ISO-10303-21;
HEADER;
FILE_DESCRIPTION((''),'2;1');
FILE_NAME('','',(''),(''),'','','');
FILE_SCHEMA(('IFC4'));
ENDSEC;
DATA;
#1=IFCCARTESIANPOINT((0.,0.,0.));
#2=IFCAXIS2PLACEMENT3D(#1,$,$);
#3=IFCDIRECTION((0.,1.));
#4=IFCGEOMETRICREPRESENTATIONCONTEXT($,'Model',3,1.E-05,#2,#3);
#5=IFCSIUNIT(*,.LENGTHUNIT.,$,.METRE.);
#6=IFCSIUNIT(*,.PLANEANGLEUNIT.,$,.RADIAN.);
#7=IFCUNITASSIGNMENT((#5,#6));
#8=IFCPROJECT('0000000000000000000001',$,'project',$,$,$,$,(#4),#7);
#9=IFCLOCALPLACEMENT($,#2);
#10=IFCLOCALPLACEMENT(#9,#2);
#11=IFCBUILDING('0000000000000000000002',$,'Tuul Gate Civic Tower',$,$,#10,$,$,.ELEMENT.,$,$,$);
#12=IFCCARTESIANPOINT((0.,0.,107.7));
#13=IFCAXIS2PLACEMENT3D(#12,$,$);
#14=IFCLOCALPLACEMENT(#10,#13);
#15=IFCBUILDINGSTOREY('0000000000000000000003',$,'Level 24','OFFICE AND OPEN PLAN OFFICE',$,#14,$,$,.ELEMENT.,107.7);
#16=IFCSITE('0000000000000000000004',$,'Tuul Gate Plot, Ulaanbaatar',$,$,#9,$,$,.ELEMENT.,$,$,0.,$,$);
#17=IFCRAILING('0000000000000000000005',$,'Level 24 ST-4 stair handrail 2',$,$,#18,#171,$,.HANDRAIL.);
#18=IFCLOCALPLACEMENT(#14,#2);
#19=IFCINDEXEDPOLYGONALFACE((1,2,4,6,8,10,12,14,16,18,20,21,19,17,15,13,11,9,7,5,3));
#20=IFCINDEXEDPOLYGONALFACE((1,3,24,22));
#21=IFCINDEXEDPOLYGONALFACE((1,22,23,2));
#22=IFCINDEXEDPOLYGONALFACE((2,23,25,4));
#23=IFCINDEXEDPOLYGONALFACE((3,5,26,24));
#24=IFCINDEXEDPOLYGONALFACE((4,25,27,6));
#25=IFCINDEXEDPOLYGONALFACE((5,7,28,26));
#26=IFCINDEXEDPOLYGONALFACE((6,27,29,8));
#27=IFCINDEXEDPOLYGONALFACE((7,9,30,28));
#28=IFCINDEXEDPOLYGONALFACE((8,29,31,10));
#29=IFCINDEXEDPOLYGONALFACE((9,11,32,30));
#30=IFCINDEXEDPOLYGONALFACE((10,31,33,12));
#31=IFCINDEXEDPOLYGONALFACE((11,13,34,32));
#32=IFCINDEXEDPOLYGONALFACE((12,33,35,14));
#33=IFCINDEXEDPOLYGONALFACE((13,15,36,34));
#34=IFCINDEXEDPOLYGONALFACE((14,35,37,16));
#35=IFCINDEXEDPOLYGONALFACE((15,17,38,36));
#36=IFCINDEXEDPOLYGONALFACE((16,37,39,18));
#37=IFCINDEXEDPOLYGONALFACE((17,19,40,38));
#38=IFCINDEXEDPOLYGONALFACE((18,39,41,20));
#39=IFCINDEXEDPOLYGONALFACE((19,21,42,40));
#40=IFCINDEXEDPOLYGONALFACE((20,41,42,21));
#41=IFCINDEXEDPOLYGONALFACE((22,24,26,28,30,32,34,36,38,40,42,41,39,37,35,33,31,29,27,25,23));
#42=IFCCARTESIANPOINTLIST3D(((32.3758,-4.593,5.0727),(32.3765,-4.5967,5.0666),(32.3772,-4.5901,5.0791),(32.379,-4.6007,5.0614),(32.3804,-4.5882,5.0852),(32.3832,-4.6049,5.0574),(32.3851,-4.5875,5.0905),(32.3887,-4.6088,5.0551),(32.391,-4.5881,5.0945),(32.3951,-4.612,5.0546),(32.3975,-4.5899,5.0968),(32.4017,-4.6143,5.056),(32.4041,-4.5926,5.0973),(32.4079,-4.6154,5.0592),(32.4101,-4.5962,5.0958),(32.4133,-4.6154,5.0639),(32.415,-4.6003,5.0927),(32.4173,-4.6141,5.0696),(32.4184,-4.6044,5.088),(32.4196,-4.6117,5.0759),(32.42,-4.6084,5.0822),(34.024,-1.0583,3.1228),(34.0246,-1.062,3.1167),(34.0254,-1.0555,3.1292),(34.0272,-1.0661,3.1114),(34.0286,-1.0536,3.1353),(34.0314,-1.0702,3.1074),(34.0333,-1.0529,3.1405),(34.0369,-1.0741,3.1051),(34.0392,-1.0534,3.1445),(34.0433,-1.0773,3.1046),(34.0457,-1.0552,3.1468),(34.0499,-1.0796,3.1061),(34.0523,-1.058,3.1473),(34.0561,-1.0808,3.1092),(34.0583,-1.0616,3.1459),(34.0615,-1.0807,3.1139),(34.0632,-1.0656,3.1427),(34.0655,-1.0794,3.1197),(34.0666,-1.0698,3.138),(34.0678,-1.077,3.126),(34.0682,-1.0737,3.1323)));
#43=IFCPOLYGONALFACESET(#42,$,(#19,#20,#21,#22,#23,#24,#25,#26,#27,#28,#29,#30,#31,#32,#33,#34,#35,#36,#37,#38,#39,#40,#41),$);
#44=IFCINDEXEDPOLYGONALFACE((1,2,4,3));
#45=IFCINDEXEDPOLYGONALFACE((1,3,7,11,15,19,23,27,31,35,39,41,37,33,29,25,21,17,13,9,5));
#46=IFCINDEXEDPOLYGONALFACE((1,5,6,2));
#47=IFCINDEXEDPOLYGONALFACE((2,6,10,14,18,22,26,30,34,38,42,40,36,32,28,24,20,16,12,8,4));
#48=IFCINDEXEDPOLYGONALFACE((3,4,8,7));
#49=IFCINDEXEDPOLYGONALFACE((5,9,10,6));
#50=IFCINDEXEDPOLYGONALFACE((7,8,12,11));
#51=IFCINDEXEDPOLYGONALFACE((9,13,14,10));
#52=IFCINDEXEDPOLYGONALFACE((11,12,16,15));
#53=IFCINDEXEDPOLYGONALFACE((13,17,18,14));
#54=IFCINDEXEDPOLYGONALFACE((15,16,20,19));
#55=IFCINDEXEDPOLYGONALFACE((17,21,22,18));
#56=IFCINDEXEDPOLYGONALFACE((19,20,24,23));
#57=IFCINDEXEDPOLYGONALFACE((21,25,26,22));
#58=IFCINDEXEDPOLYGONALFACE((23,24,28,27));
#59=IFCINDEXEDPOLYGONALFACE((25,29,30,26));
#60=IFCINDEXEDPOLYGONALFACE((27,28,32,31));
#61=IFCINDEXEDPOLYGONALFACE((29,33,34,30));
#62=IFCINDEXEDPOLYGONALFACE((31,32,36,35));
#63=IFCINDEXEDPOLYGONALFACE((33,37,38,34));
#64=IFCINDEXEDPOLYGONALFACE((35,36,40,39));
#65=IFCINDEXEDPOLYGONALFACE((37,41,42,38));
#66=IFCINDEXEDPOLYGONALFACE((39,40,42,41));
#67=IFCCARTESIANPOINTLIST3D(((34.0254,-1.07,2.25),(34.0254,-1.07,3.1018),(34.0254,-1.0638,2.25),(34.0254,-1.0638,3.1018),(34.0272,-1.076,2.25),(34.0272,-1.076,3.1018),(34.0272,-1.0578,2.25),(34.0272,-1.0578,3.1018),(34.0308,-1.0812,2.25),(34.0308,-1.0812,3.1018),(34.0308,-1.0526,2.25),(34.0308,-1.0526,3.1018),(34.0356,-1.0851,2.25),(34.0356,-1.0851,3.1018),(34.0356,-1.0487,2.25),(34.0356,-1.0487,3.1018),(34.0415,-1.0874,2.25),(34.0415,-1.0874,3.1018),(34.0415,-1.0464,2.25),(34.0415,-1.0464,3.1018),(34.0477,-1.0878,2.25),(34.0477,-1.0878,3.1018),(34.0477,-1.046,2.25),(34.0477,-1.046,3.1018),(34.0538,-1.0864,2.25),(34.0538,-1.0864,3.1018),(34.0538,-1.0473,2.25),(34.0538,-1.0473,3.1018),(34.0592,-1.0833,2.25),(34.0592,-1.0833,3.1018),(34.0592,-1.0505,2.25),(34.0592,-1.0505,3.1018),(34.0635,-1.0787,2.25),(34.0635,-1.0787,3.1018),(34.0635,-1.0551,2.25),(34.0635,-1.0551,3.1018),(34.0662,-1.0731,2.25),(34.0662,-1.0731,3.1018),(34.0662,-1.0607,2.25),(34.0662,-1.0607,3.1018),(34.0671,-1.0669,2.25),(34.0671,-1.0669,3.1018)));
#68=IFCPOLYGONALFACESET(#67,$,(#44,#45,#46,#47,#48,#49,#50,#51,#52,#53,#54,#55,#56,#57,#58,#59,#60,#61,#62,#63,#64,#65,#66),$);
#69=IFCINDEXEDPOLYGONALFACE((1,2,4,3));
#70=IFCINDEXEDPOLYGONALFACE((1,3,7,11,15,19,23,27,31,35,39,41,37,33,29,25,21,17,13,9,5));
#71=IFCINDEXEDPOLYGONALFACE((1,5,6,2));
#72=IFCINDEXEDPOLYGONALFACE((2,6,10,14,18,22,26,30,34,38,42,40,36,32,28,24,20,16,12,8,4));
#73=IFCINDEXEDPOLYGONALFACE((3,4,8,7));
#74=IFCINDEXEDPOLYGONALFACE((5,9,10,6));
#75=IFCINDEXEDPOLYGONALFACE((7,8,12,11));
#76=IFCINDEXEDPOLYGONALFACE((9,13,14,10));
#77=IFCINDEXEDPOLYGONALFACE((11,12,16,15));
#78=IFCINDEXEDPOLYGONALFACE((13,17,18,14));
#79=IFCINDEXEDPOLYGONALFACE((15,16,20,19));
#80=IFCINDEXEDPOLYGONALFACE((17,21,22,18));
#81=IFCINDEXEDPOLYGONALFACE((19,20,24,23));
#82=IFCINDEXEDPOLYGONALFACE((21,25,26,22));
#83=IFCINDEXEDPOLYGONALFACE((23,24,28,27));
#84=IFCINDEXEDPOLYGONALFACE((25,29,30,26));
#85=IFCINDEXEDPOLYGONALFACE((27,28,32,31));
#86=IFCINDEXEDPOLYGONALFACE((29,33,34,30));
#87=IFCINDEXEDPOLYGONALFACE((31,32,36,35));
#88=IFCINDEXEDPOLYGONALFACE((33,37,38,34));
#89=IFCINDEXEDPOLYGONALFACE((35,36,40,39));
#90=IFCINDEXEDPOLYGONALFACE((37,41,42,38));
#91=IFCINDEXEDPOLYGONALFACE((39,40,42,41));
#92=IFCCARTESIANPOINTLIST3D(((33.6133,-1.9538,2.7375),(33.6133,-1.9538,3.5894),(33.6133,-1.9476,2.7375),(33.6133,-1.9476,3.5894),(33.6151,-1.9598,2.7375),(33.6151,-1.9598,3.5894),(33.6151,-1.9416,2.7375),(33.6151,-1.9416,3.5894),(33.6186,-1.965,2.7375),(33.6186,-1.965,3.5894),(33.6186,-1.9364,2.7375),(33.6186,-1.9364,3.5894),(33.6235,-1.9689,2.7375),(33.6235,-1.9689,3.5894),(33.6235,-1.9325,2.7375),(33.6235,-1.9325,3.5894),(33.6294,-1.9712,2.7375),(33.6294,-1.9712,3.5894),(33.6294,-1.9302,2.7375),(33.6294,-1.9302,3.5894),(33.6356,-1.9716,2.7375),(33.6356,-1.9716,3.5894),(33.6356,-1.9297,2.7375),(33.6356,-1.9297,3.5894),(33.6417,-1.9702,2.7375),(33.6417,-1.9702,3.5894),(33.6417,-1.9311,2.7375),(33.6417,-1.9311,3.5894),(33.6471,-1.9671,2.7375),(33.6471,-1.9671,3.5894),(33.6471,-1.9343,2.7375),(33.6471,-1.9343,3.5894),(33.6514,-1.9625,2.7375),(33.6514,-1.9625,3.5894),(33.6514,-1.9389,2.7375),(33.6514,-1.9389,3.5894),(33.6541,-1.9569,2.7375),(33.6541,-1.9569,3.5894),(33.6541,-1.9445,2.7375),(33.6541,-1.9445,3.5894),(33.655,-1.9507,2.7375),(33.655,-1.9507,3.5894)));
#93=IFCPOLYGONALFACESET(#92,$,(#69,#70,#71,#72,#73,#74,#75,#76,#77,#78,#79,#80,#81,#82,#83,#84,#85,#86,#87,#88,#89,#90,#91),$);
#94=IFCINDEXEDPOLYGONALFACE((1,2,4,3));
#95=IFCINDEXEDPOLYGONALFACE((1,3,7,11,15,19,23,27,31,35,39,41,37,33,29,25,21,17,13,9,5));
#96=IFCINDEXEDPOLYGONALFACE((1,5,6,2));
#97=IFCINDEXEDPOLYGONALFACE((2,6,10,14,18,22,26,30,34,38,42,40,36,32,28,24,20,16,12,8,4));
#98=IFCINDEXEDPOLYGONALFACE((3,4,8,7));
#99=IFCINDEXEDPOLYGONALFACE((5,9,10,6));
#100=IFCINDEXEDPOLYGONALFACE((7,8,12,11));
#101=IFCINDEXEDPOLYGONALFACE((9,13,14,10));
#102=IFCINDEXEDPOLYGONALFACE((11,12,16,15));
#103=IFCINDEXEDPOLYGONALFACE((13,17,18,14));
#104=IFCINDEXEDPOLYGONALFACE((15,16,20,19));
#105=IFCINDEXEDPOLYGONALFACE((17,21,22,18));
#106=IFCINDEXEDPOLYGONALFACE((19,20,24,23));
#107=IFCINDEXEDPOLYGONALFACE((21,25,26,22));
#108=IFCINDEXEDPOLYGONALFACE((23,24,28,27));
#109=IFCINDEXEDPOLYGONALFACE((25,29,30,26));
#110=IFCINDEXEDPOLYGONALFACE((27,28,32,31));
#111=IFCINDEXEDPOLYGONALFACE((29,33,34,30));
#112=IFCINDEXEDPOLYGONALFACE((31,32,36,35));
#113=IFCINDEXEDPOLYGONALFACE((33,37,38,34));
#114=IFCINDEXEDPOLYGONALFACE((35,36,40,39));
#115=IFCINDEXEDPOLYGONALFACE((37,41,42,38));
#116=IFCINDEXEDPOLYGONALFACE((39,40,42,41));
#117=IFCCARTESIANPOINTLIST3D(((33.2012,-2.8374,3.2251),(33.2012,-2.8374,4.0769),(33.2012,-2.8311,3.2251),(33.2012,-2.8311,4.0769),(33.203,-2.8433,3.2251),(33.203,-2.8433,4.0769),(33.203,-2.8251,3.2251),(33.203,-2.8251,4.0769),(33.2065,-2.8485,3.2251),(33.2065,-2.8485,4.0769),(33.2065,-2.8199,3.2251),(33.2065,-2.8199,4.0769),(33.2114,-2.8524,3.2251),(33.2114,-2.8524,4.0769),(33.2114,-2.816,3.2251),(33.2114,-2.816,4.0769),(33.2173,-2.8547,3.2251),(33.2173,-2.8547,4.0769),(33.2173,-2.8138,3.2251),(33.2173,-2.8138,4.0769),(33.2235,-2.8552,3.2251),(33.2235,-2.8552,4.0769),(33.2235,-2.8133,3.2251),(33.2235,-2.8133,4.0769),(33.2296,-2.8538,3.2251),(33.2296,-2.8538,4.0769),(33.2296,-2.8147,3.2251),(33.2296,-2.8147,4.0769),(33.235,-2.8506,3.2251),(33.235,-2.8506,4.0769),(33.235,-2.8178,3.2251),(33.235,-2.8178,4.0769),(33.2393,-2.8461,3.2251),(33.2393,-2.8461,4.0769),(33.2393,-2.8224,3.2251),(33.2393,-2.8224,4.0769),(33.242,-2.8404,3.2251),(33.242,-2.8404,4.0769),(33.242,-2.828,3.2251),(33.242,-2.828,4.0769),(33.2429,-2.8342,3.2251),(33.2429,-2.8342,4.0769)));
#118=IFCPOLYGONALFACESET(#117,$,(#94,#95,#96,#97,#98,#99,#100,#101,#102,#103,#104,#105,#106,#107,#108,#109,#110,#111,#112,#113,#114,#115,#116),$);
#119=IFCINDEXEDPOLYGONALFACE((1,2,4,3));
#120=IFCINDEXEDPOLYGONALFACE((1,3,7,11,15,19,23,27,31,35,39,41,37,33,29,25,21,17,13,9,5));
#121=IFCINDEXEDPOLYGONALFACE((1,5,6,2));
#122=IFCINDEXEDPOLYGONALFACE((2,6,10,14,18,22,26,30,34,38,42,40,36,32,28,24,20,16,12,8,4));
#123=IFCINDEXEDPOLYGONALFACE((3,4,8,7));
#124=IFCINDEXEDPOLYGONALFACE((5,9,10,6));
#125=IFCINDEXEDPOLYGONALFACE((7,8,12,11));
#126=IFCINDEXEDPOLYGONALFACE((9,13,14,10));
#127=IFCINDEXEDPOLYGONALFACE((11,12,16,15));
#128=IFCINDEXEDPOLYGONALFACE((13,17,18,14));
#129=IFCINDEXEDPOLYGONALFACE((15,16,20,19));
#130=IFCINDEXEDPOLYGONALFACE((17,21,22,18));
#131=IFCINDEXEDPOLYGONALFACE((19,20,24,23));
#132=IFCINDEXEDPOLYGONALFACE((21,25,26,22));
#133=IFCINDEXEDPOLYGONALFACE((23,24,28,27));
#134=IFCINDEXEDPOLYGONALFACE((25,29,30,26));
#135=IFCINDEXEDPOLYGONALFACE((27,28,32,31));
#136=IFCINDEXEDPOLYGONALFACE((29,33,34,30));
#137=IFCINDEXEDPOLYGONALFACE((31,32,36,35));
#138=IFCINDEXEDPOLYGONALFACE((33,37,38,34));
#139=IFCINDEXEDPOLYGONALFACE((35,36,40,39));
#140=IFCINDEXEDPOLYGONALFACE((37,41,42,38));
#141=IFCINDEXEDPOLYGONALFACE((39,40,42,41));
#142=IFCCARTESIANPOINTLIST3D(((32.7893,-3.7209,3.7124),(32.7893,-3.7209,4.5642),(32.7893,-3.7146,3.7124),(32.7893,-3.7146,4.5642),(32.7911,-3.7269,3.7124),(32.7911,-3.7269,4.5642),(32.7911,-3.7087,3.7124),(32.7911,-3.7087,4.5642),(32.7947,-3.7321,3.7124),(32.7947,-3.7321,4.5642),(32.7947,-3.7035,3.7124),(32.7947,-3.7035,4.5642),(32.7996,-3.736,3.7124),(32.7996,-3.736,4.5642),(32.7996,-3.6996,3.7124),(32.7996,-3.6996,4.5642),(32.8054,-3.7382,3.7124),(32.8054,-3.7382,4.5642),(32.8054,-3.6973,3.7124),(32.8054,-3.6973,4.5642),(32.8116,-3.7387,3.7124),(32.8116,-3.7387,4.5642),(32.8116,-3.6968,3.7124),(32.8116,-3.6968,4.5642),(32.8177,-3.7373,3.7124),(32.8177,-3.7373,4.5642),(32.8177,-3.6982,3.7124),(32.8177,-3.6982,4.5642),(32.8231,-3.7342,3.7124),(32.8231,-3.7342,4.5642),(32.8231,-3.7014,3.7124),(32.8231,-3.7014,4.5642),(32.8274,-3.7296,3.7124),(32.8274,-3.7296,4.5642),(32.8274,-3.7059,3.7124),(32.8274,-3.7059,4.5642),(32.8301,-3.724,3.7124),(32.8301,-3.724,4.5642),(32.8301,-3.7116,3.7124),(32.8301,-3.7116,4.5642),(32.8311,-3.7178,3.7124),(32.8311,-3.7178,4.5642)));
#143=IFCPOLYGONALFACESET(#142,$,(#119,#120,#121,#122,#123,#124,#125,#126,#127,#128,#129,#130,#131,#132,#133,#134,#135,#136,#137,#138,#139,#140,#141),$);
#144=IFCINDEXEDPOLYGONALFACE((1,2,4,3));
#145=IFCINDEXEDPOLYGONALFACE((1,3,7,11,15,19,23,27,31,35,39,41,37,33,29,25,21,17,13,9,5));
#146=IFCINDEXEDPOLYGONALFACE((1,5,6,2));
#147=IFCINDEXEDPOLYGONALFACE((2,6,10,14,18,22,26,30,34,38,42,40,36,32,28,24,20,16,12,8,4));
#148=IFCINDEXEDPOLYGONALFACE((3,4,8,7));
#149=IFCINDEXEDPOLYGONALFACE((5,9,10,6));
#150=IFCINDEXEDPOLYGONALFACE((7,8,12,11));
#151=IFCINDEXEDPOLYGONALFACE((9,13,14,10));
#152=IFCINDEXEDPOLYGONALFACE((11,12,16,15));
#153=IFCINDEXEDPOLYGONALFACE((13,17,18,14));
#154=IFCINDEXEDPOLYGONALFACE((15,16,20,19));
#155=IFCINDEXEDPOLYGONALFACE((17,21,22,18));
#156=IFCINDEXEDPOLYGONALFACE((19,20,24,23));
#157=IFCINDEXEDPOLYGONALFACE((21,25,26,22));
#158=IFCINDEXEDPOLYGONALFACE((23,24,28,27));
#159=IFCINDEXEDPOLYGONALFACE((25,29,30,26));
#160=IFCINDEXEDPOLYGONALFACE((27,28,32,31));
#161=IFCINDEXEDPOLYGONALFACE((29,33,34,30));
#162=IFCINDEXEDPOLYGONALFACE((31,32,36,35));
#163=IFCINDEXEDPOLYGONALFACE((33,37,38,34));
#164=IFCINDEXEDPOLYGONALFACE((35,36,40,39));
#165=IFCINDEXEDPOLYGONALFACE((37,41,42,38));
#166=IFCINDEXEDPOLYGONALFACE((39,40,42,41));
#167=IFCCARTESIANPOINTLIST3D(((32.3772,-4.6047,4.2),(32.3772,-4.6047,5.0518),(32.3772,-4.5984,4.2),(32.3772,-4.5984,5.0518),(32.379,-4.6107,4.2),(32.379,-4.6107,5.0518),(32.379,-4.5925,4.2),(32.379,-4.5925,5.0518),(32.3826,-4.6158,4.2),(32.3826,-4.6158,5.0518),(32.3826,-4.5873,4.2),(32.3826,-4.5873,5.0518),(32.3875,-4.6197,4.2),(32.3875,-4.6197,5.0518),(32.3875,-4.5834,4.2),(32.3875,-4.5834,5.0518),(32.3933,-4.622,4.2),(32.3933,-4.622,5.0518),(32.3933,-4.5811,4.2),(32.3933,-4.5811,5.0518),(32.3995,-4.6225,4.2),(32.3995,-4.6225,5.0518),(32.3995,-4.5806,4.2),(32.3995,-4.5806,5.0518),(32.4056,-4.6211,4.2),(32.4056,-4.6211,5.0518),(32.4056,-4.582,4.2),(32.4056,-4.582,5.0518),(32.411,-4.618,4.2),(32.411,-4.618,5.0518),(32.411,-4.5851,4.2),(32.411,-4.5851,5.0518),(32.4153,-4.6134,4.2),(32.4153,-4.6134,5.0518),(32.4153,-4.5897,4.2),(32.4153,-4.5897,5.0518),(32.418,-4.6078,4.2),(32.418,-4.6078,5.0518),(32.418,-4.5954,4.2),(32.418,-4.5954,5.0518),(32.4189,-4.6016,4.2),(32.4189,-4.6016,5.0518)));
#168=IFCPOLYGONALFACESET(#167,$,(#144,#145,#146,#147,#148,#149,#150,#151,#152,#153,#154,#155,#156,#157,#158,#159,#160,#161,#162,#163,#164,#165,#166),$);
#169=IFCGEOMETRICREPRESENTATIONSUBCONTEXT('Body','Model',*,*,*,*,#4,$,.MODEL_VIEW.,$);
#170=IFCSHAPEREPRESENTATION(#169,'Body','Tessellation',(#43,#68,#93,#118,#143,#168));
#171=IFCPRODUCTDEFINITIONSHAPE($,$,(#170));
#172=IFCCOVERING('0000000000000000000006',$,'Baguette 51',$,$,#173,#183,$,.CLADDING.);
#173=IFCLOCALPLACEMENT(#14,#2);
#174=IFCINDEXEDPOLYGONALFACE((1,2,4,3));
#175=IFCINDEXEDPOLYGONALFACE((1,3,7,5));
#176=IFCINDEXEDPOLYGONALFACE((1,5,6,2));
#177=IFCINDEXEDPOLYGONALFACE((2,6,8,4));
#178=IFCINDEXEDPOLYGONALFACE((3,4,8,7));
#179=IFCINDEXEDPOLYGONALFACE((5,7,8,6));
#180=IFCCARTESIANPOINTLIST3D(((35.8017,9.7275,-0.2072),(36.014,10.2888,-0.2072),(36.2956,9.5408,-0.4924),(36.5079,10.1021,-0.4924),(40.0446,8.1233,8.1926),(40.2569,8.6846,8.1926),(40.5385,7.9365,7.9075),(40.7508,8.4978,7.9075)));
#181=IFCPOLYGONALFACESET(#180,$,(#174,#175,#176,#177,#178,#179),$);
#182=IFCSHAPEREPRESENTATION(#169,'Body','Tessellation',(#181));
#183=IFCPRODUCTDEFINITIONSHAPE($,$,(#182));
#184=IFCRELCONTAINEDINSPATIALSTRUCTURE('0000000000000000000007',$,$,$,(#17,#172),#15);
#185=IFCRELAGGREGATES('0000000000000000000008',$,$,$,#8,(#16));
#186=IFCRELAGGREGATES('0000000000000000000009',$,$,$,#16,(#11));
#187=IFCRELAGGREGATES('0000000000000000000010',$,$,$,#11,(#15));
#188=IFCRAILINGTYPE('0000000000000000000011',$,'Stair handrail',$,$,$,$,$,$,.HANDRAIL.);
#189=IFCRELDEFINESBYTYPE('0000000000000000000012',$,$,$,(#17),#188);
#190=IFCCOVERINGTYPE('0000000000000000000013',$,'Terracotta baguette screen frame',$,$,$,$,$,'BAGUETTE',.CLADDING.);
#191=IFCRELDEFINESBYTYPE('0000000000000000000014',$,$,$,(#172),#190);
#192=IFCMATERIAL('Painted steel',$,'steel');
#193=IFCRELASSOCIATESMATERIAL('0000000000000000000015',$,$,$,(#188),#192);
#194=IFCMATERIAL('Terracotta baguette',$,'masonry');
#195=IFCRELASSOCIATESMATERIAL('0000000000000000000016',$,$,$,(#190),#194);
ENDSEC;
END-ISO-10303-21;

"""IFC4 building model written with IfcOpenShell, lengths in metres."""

from ifc_helpers import new_model, si_unit, direction, frame, origin, origin_2d, place, context, subcontext, project, spatial, rectangle, circle, extrude, material, material_profile, profile_set, type_object, element, save


model = new_model("IFC4")

# Units and contexts
model_context = context("Model", 3, precision=1e-05, world=origin(), true_north=direction((0.0, 1.0)))
body_context = subcontext(model_context, "Body", "Model", "MODEL_VIEW")
ifc_project = project(units=[si_unit("LENGTHUNIT", "METRE"), si_unit("PLANEANGLEUNIT", "RADIAN")], contexts=[model_context])

# Site, building, storey
site_placement = place(None, origin())
site = spatial("IfcSite", under=ifc_project, at=site_placement, Name="Tuul Gate Plot, Ulaanbaatar", CompositionType="ELEMENT", RefElevation=0.0)
building_placement = place(site_placement, origin())
building = spatial("IfcBuilding", under=site, at=building_placement, Name="Tuul Gate Civic Tower", CompositionType="ELEMENT")
storey_placement = place(building_placement, frame((0.0, 0.0, 107.7)))
storey = spatial("IfcBuildingStorey", under=building, at=storey_placement, Name="Level 24", Description="OFFICE AND OPEN PLAN OFFICE", CompositionType="ELEMENT", Elevation=107.7)

# Railing
ifc_material_1 = material(Name="Painted steel", Category="steel")
railing_type_1 = type_object("IfcRailingType", Name="Stair handrail", PredefinedType="HANDRAIL", material=ifc_material_1)
railing_1_placement = place(storey_placement, frame((34.0461, -1.0669, 2.25)))
element("IfcRailing", 1, at=railing_1_placement, inside=storey, type_object=railing_type_1, Name="Level 24 ST-4 stair handrail 2", PredefinedType="HANDRAIL", context=body_context, shape_type="SweptSolid", body=[
    extrude(circle(Radius=0.0239, at=origin_2d()), frame((0.0, 0.0, 0.876), z_axis=(-0.377995, -0.810637, 0.4472), x_axis=(0.906313, -0.422608, 0.0)), (0.0, 0.0, 1.0), 4.3604),
    extrude(circle(Radius=0.021, at=origin_2d()), origin(), (0.0, 0.0, 1.0), 0.8518),
    extrude(circle(Radius=0.021, at=origin_2d()), frame((-0.4121, -0.8838, 0.4875)), (0.0, 0.0, 1.0), 0.8518),
    extrude(circle(Radius=0.021, at=origin_2d()), frame((-0.8242, -1.7673, 0.9751)), (0.0, 0.0, 1.0), 0.8518),
    extrude(circle(Radius=0.021, at=origin_2d()), frame((-1.2361, -2.6509, 1.4624)), (0.0, 0.0, 1.0), 0.8518),
    extrude(circle(Radius=0.021, at=origin_2d()), frame((-1.6482, -3.5347, 1.95)), (0.0, 0.0, 1.0), 0.8518),
])

# Covering
ifc_material_2 = material(Name="Terracotta baguette", Category="masonry")
ifc_material_profile_1 = material_profile(ifc_material_2, rectangle(XDim=0.6001, YDim=0.6001, at=origin_2d()), Name="Terracotta baguette screen frame")
ifc_profile_set_1 = profile_set([ifc_material_profile_1], Name="Terracotta baguette")
covering_type = type_object("IfcCoveringType", Name="Terracotta baguette screen frame", ElementType="BAGUETTE", PredefinedType="CLADDING", material=ifc_profile_set_1)
covering_placement = place(storey_placement, frame((40.3977, 8.3105, 8.05), z_axis=(-0.444451, 0.168047, -0.8799), x_axis=(-0.353664, -0.935372, 0.0)))
element("IfcCovering", 2, at=covering_placement, inside=storey, type_object=covering_type, Name="Baguette 51", PredefinedType="CLADDING", context=body_context, shape_type="SweptSolid", body=[
    extrude(rectangle(XDim=0.6001, YDim=0.6001, at=origin_2d()), origin(), (0.0, 0.0, 1.0), 9.5464),
])

save(model, "model.ifc")
